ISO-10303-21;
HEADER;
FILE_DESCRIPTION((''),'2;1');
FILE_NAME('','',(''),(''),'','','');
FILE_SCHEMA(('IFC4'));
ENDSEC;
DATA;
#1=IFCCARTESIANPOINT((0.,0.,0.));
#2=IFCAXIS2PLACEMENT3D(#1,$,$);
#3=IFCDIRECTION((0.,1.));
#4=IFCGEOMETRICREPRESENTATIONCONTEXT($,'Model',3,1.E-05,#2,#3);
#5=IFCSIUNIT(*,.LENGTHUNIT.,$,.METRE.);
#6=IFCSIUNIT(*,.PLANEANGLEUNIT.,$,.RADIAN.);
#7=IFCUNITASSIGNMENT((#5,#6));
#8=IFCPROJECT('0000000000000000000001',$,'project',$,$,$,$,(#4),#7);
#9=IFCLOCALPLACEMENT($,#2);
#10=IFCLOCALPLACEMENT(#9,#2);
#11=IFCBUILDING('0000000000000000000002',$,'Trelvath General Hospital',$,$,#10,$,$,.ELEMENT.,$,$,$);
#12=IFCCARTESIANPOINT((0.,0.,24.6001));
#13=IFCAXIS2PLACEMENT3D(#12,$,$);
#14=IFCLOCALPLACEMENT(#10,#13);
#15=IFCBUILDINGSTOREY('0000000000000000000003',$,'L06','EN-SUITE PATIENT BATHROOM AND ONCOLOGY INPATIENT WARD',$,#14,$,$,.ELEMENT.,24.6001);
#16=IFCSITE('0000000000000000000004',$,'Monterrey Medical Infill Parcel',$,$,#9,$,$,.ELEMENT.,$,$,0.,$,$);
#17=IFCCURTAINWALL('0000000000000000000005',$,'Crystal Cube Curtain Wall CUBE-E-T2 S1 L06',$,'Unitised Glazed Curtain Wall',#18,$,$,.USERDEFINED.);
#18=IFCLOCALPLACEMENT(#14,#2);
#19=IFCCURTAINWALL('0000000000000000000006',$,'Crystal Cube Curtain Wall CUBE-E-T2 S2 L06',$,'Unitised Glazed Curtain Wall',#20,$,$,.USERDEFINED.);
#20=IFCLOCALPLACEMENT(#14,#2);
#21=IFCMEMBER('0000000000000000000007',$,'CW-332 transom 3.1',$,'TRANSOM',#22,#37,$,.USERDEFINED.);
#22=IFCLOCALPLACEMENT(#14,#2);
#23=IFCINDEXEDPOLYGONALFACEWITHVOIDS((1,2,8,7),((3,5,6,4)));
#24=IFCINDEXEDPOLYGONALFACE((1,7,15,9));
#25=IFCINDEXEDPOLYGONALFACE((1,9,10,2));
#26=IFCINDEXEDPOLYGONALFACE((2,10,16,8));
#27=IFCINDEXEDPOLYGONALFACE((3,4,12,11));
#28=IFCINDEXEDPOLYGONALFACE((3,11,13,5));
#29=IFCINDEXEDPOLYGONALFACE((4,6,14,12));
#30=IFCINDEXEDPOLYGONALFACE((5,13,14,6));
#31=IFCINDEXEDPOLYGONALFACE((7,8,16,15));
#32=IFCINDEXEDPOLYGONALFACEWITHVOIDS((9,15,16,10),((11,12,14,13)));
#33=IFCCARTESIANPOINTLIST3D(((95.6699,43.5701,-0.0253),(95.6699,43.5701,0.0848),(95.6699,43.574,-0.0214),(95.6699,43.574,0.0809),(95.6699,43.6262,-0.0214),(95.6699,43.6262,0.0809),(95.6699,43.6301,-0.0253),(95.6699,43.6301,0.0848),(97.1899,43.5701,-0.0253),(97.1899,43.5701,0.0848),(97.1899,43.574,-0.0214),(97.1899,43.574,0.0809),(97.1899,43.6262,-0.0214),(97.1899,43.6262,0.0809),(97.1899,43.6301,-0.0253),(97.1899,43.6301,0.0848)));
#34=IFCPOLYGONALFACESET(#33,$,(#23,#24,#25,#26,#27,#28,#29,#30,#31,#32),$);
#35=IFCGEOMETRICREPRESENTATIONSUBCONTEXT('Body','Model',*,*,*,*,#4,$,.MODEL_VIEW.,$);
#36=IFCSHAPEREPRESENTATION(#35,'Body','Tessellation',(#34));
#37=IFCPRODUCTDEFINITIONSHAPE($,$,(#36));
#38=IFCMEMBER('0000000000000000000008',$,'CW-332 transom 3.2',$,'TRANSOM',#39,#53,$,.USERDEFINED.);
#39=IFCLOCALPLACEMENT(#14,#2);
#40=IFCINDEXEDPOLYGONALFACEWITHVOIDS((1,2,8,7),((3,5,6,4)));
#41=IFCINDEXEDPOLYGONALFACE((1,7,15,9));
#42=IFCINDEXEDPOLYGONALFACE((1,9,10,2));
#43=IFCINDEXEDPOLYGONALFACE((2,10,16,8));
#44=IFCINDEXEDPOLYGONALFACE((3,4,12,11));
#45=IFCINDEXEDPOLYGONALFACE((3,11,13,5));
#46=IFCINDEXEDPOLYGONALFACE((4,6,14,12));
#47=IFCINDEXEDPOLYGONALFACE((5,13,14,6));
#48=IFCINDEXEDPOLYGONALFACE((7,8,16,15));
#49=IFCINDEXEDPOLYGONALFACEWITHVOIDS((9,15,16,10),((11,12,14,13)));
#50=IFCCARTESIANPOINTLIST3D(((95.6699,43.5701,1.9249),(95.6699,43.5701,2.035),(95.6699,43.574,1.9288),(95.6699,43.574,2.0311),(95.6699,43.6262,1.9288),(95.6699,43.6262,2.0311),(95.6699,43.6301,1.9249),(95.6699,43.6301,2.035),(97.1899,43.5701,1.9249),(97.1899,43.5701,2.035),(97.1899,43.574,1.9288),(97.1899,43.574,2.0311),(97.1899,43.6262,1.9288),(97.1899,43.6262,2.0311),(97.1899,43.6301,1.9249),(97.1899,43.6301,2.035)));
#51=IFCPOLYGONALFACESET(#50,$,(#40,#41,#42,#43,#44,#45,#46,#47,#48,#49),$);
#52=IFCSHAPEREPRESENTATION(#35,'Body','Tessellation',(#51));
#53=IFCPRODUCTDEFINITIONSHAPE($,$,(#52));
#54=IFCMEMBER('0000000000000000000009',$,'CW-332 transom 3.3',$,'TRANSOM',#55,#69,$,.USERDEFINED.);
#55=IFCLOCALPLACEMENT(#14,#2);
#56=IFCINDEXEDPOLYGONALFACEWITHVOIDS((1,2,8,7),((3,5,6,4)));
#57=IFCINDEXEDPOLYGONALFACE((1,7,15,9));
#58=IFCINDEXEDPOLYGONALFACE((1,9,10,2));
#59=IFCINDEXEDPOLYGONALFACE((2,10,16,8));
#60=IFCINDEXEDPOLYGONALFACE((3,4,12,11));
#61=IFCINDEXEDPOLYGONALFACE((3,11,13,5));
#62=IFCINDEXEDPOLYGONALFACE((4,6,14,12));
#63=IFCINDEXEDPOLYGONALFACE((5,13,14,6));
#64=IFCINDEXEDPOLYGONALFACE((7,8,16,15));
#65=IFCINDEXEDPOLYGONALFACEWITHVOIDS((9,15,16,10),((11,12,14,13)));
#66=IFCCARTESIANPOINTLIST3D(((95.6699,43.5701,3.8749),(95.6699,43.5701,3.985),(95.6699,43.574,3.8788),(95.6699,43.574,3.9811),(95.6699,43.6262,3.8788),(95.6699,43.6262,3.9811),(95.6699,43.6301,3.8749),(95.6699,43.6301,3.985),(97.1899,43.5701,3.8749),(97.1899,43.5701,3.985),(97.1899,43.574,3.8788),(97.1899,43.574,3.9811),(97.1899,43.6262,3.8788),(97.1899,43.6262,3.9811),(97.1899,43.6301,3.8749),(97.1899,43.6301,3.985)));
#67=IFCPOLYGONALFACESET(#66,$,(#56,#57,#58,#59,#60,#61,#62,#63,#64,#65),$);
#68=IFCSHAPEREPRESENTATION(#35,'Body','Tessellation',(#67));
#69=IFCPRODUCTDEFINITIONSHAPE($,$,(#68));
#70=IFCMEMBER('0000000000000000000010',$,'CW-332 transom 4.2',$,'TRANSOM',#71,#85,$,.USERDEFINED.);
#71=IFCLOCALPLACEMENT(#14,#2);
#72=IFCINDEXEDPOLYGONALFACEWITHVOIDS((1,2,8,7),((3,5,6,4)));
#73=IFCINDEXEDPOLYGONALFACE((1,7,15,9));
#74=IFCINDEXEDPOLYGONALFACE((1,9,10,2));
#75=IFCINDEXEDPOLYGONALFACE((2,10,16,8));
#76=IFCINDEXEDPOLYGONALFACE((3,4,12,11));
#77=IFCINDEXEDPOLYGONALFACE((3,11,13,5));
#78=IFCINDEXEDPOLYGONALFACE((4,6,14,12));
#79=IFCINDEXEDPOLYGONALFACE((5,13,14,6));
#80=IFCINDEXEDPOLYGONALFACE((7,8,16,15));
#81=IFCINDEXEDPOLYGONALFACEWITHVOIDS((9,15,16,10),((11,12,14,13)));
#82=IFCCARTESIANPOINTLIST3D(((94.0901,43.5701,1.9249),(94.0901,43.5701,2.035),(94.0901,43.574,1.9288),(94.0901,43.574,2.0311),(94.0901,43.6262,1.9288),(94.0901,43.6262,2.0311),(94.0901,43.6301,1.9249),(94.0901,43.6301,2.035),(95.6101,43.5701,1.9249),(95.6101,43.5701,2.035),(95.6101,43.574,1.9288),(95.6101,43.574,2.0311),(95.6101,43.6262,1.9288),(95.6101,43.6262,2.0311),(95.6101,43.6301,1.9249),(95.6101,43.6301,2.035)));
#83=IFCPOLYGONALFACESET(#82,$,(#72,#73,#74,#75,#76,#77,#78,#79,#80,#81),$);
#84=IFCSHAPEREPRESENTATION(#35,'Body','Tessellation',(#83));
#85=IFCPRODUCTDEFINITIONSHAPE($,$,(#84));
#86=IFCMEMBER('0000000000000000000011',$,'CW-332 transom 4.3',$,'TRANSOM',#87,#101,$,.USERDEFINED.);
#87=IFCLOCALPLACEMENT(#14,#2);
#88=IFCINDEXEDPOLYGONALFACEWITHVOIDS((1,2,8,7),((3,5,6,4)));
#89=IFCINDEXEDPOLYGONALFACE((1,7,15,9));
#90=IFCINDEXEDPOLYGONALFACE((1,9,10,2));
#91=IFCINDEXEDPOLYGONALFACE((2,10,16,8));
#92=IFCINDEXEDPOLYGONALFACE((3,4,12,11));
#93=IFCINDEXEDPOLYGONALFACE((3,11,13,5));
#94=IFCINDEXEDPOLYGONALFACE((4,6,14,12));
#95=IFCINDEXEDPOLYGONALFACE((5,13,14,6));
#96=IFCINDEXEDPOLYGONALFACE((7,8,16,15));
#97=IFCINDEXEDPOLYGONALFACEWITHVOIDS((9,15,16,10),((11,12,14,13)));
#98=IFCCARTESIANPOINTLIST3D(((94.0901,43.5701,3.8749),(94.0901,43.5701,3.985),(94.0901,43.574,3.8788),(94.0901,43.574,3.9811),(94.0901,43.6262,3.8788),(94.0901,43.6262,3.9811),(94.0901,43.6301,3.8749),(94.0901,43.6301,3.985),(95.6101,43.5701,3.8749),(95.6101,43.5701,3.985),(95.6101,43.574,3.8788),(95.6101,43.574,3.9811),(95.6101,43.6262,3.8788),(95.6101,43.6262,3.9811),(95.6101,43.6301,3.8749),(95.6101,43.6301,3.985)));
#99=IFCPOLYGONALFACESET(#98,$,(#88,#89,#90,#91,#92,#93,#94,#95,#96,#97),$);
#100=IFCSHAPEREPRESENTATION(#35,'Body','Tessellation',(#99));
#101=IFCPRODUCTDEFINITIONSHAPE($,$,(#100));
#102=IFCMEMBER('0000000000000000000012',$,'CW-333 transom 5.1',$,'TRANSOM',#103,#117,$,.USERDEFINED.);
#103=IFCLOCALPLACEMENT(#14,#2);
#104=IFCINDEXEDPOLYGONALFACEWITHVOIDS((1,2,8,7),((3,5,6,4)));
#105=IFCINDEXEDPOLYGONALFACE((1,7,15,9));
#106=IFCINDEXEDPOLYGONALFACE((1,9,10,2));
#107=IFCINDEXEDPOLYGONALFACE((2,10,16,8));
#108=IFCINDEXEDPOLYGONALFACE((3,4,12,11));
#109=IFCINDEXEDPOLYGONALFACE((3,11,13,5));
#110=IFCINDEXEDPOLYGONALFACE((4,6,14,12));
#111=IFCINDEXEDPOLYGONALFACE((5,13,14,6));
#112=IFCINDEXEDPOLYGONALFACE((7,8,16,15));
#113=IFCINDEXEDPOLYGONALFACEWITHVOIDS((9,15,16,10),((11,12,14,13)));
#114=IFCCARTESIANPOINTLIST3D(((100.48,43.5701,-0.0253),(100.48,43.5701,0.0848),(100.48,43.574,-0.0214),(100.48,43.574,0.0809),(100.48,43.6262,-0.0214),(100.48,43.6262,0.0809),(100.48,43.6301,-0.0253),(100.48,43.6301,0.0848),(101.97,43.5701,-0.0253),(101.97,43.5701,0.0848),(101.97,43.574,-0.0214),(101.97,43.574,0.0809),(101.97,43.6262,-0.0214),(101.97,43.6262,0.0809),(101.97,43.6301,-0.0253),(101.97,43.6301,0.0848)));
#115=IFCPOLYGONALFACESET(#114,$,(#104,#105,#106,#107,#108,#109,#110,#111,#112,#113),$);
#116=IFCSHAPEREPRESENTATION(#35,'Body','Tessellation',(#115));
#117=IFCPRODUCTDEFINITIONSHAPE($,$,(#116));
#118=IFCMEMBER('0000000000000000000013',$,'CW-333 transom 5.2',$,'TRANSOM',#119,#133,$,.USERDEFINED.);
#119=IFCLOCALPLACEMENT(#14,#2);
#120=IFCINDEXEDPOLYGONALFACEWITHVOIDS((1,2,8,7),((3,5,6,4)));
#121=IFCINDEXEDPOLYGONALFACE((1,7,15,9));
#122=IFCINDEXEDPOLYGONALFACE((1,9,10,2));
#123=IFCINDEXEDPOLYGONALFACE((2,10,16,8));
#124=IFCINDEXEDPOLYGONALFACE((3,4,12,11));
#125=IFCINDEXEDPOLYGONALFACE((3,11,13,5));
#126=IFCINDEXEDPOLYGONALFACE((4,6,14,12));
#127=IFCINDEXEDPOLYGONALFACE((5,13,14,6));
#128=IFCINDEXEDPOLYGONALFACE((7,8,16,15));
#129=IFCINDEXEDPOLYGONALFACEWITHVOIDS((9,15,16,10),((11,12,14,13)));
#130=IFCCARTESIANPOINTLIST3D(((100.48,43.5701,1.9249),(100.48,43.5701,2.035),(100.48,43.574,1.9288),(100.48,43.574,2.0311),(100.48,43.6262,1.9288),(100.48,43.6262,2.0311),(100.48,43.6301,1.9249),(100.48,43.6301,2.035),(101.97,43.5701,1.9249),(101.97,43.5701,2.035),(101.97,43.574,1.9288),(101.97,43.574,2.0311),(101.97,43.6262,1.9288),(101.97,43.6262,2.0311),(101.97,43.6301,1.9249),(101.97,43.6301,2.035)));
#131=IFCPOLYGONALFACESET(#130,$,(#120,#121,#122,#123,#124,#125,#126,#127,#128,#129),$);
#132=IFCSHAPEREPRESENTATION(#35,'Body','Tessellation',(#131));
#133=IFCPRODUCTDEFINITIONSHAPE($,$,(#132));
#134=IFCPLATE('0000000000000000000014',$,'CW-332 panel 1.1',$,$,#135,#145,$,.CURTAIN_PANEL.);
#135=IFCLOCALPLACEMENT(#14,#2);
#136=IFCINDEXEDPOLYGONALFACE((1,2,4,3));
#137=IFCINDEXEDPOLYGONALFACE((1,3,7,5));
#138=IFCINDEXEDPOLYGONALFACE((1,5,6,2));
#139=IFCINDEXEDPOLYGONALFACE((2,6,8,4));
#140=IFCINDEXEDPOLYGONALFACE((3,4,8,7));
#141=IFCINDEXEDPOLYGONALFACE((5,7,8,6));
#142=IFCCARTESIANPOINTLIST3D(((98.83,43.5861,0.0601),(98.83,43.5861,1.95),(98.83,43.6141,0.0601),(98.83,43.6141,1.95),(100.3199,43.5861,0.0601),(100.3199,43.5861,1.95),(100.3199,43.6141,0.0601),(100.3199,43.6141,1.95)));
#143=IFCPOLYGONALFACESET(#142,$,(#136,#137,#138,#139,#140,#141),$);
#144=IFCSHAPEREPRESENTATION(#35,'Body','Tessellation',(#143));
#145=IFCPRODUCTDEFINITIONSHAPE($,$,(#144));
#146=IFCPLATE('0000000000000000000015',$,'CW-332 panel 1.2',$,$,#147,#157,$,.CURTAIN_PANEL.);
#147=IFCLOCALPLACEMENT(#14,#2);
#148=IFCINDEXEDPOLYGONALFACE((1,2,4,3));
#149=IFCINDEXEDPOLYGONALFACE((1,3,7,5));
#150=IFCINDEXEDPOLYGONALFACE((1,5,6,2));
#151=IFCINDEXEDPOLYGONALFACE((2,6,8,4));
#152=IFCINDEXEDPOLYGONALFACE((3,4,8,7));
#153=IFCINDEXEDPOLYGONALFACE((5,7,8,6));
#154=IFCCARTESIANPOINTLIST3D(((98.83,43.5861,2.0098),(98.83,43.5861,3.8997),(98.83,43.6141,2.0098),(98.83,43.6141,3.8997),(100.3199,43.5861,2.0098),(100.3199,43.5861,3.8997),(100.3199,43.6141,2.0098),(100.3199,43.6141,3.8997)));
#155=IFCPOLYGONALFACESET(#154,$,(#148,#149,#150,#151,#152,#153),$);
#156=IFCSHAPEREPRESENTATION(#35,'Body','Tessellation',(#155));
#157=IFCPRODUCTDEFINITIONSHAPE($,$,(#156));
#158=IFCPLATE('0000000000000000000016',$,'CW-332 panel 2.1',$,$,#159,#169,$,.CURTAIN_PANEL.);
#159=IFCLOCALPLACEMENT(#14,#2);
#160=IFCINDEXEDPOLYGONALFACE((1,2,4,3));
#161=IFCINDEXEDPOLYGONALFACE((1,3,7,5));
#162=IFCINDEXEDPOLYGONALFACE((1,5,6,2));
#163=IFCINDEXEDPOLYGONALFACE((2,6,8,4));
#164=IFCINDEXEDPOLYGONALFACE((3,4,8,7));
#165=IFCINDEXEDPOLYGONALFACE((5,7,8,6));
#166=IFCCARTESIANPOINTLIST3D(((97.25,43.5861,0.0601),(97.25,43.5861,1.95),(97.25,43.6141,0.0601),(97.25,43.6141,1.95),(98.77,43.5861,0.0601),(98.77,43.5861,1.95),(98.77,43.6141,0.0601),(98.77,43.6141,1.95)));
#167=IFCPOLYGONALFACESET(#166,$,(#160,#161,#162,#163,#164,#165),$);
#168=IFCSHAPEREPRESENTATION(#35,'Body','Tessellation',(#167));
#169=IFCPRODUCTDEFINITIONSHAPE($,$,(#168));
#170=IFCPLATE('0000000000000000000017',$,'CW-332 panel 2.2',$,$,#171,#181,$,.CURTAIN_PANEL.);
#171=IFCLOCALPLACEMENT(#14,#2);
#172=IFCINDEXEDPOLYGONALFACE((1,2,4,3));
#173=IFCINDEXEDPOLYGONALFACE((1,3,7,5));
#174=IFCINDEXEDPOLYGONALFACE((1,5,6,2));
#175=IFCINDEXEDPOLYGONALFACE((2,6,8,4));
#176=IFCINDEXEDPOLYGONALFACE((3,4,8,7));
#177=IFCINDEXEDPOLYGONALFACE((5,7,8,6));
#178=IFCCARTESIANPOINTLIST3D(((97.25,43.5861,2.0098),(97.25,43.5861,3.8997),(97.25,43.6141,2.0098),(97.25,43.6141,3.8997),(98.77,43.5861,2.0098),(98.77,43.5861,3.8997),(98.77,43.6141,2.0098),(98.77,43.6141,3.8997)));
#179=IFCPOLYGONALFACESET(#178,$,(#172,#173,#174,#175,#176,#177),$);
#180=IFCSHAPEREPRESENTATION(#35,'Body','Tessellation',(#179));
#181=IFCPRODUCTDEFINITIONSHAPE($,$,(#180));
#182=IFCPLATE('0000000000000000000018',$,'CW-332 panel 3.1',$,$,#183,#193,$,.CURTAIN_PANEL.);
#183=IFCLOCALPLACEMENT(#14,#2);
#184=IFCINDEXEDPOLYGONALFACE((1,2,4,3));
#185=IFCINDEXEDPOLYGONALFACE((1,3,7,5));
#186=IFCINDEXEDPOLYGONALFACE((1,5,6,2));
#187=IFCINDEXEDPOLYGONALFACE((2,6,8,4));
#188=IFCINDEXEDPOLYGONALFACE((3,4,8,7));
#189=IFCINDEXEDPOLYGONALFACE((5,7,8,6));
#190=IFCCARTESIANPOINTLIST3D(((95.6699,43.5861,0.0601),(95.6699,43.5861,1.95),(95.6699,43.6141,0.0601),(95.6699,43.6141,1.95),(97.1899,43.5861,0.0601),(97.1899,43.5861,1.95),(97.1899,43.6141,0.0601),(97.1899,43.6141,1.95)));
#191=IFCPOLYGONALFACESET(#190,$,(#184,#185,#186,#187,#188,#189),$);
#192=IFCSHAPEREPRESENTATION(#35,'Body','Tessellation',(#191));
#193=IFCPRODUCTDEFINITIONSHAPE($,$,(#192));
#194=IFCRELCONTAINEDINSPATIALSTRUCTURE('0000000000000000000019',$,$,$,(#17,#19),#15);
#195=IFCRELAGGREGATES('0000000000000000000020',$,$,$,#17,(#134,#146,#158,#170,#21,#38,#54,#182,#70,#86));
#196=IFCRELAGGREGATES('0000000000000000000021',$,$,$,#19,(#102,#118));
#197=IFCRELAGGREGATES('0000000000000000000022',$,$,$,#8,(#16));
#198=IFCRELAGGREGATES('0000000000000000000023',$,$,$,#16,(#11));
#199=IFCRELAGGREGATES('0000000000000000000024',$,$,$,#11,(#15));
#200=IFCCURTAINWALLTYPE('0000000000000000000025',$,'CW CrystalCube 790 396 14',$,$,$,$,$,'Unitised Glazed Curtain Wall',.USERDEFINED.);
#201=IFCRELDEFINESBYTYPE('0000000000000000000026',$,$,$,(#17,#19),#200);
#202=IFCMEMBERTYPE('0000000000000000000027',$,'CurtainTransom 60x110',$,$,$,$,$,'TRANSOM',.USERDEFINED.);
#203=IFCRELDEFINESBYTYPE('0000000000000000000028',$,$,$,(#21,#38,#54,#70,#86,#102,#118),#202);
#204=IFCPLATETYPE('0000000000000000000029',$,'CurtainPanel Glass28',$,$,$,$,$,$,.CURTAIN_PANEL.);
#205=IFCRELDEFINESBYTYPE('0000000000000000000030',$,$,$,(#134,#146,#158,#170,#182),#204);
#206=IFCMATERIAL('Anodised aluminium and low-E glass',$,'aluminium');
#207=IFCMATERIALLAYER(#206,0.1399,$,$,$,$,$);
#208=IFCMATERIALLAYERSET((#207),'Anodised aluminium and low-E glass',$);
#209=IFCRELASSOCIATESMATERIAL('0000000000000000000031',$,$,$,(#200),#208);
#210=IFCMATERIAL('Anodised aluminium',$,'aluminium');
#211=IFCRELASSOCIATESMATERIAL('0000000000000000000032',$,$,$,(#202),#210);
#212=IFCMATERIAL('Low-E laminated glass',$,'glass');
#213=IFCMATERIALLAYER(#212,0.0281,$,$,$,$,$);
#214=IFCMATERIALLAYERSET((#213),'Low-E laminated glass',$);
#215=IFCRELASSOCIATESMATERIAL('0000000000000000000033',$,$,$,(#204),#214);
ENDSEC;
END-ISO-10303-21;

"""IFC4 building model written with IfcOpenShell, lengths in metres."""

from ifc_helpers import new_model, si_unit, direction, frame, origin, origin_2d, place, context, subcontext, project, spatial, rectangle, hollow_rectangle, extrude, material, layer, layer_set, material_profile, profile_set, type_object, element, aggregate, save


model = new_model("IFC4")

# Units and contexts
model_context = context("Model", 3, precision=1e-05, world=origin(), true_north=direction((0.0, 1.0)))
body_context = subcontext(model_context, "Body", "Model", "MODEL_VIEW")
ifc_project = project(units=[si_unit("LENGTHUNIT", "METRE"), si_unit("PLANEANGLEUNIT", "RADIAN")], contexts=[model_context])

# Site, building, storey
site_placement = place(None, origin())
site = spatial("IfcSite", under=ifc_project, at=site_placement, Name="Monterrey Medical Infill Parcel", CompositionType="ELEMENT", RefElevation=0.0)
building_placement = place(site_placement, origin())
building = spatial("IfcBuilding", under=site, at=building_placement, Name="Trelvath General Hospital", CompositionType="ELEMENT")
storey_placement = place(building_placement, frame((0.0, 0.0, 24.6001)))
storey = spatial("IfcBuildingStorey", under=building, at=storey_placement, Name="L06", Description="EN-SUITE PATIENT BATHROOM AND ONCOLOGY INPATIENT WARD", CompositionType="ELEMENT", Elevation=24.6001)

# Curtain wall
ifc_material_1 = material(Name="Anodised aluminium and low-E glass", Category="aluminium")
ifc_layer_1 = layer(ifc_material_1, 0.1399)
ifc_layer_set_1 = layer_set([ifc_layer_1], Name="Anodised aluminium and low-E glass")
curtain_wall_type = type_object("IfcCurtainWallType", Name="CW CrystalCube 790 396 14", ElementType="Unitised Glazed Curtain Wall", PredefinedType="USERDEFINED", material=ifc_layer_set_1)
curtain_wall_1_placement = place(storey_placement, origin())
curtain_wall_1 = element("IfcCurtainWall", 1, at=curtain_wall_1_placement, inside=storey, type_object=curtain_wall_type, Name="Crystal Cube Curtain Wall CUBE-E-T2 S1 L06", ObjectType="Unitised Glazed Curtain Wall", PredefinedType="USERDEFINED")

# Curtain wall
curtain_wall_2_placement = place(storey_placement, origin())
curtain_wall_2 = element("IfcCurtainWall", 2, at=curtain_wall_2_placement, inside=storey, type_object=curtain_wall_type, Name="Crystal Cube Curtain Wall CUBE-E-T2 S2 L06", ObjectType="Unitised Glazed Curtain Wall", PredefinedType="USERDEFINED")

# Members
ifc_material_2 = material(Name="Anodised aluminium", Category="aluminium")
ifc_material_profile_1 = material_profile(ifc_material_2, hollow_rectangle(XDim=0.0601, YDim=0.1101, WallThickness=0.0039, at=origin_2d()), Name="RHS60x110x4")
ifc_profile_set_1 = profile_set([ifc_material_profile_1], Name="Anodised aluminium")
member_type_1 = type_object("IfcMemberType", Name="CurtainTransom 60x110", ElementType="TRANSOM", PredefinedType="USERDEFINED", material=ifc_profile_set_1)
member_1_placement = place(storey_placement, frame((97.1899, 43.6001, 0.0298), z_axis=(-1.0, 0.0, 0.0), x_axis=(0.0, -1.0, 0.0)))
member_1 = element("IfcMember", 3, at=member_1_placement, type_object=member_type_1, Name="CW-332 transom 3.1", ObjectType="TRANSOM", PredefinedType="USERDEFINED", context=body_context, shape_type="SweptSolid", body=[
    extrude(hollow_rectangle(XDim=0.0601, YDim=0.1101, WallThickness=0.0039, at=origin_2d()), origin(), (0.0, 0.0, 1.0), 1.52),
])
member_2_placement = place(storey_placement, frame((97.1899, 43.6001, 1.98), z_axis=(-1.0, 0.0, 0.0), x_axis=(0.0, -1.0, 0.0)))
member_2 = element("IfcMember", 4, at=member_2_placement, type_object=member_type_1, Name="CW-332 transom 3.2", ObjectType="TRANSOM", PredefinedType="USERDEFINED", context=body_context, shape_type="SweptSolid", body=[
    extrude(hollow_rectangle(XDim=0.0601, YDim=0.1101, WallThickness=0.0039, at=origin_2d()), origin(), (0.0, 0.0, 1.0), 1.52),
])
member_3_placement = place(storey_placement, frame((97.1899, 43.6001, 3.9299), z_axis=(-1.0, 0.0, 0.0), x_axis=(0.0, -1.0, 0.0)))
member_3 = element("IfcMember", 5, at=member_3_placement, type_object=member_type_1, Name="CW-332 transom 3.3", ObjectType="TRANSOM", PredefinedType="USERDEFINED", context=body_context, shape_type="SweptSolid", body=[
    extrude(hollow_rectangle(XDim=0.0601, YDim=0.1101, WallThickness=0.0039, at=origin_2d()), origin(), (0.0, 0.0, 1.0), 1.52),
])
member_4_placement = place(storey_placement, frame((95.6101, 43.6001, 1.98), z_axis=(-1.0, 0.0, 0.0), x_axis=(0.0, -1.0, 0.0)))
member_4 = element("IfcMember", 6, at=member_4_placement, type_object=member_type_1, Name="CW-332 transom 4.2", ObjectType="TRANSOM", PredefinedType="USERDEFINED", context=body_context, shape_type="SweptSolid", body=[
    extrude(hollow_rectangle(XDim=0.0601, YDim=0.1101, WallThickness=0.0039, at=origin_2d()), origin(), (0.0, 0.0, 1.0), 1.52),
])
member_5_placement = place(storey_placement, frame((95.6101, 43.6001, 3.9299), z_axis=(-1.0, 0.0, 0.0), x_axis=(0.0, -1.0, 0.0)))
member_5 = element("IfcMember", 7, at=member_5_placement, type_object=member_type_1, Name="CW-332 transom 4.3", ObjectType="TRANSOM", PredefinedType="USERDEFINED", context=body_context, shape_type="SweptSolid", body=[
    extrude(hollow_rectangle(XDim=0.0601, YDim=0.1101, WallThickness=0.0039, at=origin_2d()), origin(), (0.0, 0.0, 1.0), 1.52),
])
member_6_placement = place(storey_placement, frame((101.97, 43.6001, 0.0298), z_axis=(-1.0, 0.0, 0.0), x_axis=(0.0, -1.0, 0.0)))
member_6 = element("IfcMember", 8, at=member_6_placement, type_object=member_type_1, Name="CW-333 transom 5.1", ObjectType="TRANSOM", PredefinedType="USERDEFINED", context=body_context, shape_type="SweptSolid", body=[
    extrude(hollow_rectangle(XDim=0.0601, YDim=0.1101, WallThickness=0.0039, at=origin_2d()), origin(), (0.0, 0.0, 1.0), 1.49),
])
member_7_placement = place(storey_placement, frame((101.97, 43.6001, 1.98), z_axis=(-1.0, 0.0, 0.0), x_axis=(0.0, -1.0, 0.0)))
member_7 = element("IfcMember", 9, at=member_7_placement, type_object=member_type_1, Name="CW-333 transom 5.2", ObjectType="TRANSOM", PredefinedType="USERDEFINED", context=body_context, shape_type="SweptSolid", body=[
    extrude(hollow_rectangle(XDim=0.0601, YDim=0.1101, WallThickness=0.0039, at=origin_2d()), origin(), (0.0, 0.0, 1.0), 1.49),
])

# Plates
ifc_material_3 = material(Name="Low-E laminated glass", Category="glass")
ifc_layer_2 = layer(ifc_material_3, 0.0281)
ifc_layer_set_2 = layer_set([ifc_layer_2], Name="Low-E laminated glass")
plate_type = type_object("IfcPlateType", Name="CurtainPanel Glass28", PredefinedType="CURTAIN_PANEL", material=ifc_layer_set_2)
plate_1_placement = place(storey_placement, frame((99.575, 43.6001, 0.0601), z_axis=(0.0, 0.0, 1.0), x_axis=(-1.0, 0.0, 0.0)))
plate_1 = element("IfcPlate", 10, at=plate_1_placement, type_object=plate_type, Name="CW-332 panel 1.1", PredefinedType="CURTAIN_PANEL", context=body_context, shape_type="SweptSolid", body=[
    extrude(rectangle(XDim=1.49, YDim=0.0281, at=origin_2d()), origin(), (0.0, 0.0, 1.0), 1.8899),
])
plate_2_placement = place(storey_placement, frame((99.575, 43.6001, 2.0098), z_axis=(0.0, 0.0, 1.0), x_axis=(-1.0, 0.0, 0.0)))
plate_2 = element("IfcPlate", 11, at=plate_2_placement, type_object=plate_type, Name="CW-332 panel 1.2", PredefinedType="CURTAIN_PANEL", context=body_context, shape_type="SweptSolid", body=[
    extrude(rectangle(XDim=1.49, YDim=0.0281, at=origin_2d()), origin(), (0.0, 0.0, 1.0), 1.8899),
])
plate_3_placement = place(storey_placement, frame((98.01, 43.6001, 0.0601), z_axis=(0.0, 0.0, 1.0), x_axis=(-1.0, 0.0, 0.0)))
plate_3 = element("IfcPlate", 12, at=plate_3_placement, type_object=plate_type, Name="CW-332 panel 2.1", PredefinedType="CURTAIN_PANEL", context=body_context, shape_type="SweptSolid", body=[
    extrude(rectangle(XDim=1.52, YDim=0.0281, at=origin_2d()), origin(), (0.0, 0.0, 1.0), 1.8899),
])
plate_4_placement = place(storey_placement, frame((98.01, 43.6001, 2.0098), z_axis=(0.0, 0.0, 1.0), x_axis=(-1.0, 0.0, 0.0)))
plate_4 = element("IfcPlate", 13, at=plate_4_placement, type_object=plate_type, Name="CW-332 panel 2.2", PredefinedType="CURTAIN_PANEL", context=body_context, shape_type="SweptSolid", body=[
    extrude(rectangle(XDim=1.52, YDim=0.0281, at=origin_2d()), origin(), (0.0, 0.0, 1.0), 1.8899),
])
plate_5_placement = place(storey_placement, frame((96.4299, 43.6001, 0.0601), z_axis=(0.0, 0.0, 1.0), x_axis=(-1.0, 0.0, 0.0)))
plate_5 = element("IfcPlate", 14, at=plate_5_placement, type_object=plate_type, Name="CW-332 panel 3.1", PredefinedType="CURTAIN_PANEL", context=body_context, shape_type="SweptSolid", body=[
    extrude(rectangle(XDim=1.52, YDim=0.0281, at=origin_2d()), origin(), (0.0, 0.0, 1.0), 1.8899),
])
aggregate(curtain_wall_1, [plate_1, plate_2, plate_3, plate_4, member_1, member_2, member_3, plate_5, member_4, member_5])
aggregate(curtain_wall_2, [member_6, member_7])

save(model, "model.ifc")
